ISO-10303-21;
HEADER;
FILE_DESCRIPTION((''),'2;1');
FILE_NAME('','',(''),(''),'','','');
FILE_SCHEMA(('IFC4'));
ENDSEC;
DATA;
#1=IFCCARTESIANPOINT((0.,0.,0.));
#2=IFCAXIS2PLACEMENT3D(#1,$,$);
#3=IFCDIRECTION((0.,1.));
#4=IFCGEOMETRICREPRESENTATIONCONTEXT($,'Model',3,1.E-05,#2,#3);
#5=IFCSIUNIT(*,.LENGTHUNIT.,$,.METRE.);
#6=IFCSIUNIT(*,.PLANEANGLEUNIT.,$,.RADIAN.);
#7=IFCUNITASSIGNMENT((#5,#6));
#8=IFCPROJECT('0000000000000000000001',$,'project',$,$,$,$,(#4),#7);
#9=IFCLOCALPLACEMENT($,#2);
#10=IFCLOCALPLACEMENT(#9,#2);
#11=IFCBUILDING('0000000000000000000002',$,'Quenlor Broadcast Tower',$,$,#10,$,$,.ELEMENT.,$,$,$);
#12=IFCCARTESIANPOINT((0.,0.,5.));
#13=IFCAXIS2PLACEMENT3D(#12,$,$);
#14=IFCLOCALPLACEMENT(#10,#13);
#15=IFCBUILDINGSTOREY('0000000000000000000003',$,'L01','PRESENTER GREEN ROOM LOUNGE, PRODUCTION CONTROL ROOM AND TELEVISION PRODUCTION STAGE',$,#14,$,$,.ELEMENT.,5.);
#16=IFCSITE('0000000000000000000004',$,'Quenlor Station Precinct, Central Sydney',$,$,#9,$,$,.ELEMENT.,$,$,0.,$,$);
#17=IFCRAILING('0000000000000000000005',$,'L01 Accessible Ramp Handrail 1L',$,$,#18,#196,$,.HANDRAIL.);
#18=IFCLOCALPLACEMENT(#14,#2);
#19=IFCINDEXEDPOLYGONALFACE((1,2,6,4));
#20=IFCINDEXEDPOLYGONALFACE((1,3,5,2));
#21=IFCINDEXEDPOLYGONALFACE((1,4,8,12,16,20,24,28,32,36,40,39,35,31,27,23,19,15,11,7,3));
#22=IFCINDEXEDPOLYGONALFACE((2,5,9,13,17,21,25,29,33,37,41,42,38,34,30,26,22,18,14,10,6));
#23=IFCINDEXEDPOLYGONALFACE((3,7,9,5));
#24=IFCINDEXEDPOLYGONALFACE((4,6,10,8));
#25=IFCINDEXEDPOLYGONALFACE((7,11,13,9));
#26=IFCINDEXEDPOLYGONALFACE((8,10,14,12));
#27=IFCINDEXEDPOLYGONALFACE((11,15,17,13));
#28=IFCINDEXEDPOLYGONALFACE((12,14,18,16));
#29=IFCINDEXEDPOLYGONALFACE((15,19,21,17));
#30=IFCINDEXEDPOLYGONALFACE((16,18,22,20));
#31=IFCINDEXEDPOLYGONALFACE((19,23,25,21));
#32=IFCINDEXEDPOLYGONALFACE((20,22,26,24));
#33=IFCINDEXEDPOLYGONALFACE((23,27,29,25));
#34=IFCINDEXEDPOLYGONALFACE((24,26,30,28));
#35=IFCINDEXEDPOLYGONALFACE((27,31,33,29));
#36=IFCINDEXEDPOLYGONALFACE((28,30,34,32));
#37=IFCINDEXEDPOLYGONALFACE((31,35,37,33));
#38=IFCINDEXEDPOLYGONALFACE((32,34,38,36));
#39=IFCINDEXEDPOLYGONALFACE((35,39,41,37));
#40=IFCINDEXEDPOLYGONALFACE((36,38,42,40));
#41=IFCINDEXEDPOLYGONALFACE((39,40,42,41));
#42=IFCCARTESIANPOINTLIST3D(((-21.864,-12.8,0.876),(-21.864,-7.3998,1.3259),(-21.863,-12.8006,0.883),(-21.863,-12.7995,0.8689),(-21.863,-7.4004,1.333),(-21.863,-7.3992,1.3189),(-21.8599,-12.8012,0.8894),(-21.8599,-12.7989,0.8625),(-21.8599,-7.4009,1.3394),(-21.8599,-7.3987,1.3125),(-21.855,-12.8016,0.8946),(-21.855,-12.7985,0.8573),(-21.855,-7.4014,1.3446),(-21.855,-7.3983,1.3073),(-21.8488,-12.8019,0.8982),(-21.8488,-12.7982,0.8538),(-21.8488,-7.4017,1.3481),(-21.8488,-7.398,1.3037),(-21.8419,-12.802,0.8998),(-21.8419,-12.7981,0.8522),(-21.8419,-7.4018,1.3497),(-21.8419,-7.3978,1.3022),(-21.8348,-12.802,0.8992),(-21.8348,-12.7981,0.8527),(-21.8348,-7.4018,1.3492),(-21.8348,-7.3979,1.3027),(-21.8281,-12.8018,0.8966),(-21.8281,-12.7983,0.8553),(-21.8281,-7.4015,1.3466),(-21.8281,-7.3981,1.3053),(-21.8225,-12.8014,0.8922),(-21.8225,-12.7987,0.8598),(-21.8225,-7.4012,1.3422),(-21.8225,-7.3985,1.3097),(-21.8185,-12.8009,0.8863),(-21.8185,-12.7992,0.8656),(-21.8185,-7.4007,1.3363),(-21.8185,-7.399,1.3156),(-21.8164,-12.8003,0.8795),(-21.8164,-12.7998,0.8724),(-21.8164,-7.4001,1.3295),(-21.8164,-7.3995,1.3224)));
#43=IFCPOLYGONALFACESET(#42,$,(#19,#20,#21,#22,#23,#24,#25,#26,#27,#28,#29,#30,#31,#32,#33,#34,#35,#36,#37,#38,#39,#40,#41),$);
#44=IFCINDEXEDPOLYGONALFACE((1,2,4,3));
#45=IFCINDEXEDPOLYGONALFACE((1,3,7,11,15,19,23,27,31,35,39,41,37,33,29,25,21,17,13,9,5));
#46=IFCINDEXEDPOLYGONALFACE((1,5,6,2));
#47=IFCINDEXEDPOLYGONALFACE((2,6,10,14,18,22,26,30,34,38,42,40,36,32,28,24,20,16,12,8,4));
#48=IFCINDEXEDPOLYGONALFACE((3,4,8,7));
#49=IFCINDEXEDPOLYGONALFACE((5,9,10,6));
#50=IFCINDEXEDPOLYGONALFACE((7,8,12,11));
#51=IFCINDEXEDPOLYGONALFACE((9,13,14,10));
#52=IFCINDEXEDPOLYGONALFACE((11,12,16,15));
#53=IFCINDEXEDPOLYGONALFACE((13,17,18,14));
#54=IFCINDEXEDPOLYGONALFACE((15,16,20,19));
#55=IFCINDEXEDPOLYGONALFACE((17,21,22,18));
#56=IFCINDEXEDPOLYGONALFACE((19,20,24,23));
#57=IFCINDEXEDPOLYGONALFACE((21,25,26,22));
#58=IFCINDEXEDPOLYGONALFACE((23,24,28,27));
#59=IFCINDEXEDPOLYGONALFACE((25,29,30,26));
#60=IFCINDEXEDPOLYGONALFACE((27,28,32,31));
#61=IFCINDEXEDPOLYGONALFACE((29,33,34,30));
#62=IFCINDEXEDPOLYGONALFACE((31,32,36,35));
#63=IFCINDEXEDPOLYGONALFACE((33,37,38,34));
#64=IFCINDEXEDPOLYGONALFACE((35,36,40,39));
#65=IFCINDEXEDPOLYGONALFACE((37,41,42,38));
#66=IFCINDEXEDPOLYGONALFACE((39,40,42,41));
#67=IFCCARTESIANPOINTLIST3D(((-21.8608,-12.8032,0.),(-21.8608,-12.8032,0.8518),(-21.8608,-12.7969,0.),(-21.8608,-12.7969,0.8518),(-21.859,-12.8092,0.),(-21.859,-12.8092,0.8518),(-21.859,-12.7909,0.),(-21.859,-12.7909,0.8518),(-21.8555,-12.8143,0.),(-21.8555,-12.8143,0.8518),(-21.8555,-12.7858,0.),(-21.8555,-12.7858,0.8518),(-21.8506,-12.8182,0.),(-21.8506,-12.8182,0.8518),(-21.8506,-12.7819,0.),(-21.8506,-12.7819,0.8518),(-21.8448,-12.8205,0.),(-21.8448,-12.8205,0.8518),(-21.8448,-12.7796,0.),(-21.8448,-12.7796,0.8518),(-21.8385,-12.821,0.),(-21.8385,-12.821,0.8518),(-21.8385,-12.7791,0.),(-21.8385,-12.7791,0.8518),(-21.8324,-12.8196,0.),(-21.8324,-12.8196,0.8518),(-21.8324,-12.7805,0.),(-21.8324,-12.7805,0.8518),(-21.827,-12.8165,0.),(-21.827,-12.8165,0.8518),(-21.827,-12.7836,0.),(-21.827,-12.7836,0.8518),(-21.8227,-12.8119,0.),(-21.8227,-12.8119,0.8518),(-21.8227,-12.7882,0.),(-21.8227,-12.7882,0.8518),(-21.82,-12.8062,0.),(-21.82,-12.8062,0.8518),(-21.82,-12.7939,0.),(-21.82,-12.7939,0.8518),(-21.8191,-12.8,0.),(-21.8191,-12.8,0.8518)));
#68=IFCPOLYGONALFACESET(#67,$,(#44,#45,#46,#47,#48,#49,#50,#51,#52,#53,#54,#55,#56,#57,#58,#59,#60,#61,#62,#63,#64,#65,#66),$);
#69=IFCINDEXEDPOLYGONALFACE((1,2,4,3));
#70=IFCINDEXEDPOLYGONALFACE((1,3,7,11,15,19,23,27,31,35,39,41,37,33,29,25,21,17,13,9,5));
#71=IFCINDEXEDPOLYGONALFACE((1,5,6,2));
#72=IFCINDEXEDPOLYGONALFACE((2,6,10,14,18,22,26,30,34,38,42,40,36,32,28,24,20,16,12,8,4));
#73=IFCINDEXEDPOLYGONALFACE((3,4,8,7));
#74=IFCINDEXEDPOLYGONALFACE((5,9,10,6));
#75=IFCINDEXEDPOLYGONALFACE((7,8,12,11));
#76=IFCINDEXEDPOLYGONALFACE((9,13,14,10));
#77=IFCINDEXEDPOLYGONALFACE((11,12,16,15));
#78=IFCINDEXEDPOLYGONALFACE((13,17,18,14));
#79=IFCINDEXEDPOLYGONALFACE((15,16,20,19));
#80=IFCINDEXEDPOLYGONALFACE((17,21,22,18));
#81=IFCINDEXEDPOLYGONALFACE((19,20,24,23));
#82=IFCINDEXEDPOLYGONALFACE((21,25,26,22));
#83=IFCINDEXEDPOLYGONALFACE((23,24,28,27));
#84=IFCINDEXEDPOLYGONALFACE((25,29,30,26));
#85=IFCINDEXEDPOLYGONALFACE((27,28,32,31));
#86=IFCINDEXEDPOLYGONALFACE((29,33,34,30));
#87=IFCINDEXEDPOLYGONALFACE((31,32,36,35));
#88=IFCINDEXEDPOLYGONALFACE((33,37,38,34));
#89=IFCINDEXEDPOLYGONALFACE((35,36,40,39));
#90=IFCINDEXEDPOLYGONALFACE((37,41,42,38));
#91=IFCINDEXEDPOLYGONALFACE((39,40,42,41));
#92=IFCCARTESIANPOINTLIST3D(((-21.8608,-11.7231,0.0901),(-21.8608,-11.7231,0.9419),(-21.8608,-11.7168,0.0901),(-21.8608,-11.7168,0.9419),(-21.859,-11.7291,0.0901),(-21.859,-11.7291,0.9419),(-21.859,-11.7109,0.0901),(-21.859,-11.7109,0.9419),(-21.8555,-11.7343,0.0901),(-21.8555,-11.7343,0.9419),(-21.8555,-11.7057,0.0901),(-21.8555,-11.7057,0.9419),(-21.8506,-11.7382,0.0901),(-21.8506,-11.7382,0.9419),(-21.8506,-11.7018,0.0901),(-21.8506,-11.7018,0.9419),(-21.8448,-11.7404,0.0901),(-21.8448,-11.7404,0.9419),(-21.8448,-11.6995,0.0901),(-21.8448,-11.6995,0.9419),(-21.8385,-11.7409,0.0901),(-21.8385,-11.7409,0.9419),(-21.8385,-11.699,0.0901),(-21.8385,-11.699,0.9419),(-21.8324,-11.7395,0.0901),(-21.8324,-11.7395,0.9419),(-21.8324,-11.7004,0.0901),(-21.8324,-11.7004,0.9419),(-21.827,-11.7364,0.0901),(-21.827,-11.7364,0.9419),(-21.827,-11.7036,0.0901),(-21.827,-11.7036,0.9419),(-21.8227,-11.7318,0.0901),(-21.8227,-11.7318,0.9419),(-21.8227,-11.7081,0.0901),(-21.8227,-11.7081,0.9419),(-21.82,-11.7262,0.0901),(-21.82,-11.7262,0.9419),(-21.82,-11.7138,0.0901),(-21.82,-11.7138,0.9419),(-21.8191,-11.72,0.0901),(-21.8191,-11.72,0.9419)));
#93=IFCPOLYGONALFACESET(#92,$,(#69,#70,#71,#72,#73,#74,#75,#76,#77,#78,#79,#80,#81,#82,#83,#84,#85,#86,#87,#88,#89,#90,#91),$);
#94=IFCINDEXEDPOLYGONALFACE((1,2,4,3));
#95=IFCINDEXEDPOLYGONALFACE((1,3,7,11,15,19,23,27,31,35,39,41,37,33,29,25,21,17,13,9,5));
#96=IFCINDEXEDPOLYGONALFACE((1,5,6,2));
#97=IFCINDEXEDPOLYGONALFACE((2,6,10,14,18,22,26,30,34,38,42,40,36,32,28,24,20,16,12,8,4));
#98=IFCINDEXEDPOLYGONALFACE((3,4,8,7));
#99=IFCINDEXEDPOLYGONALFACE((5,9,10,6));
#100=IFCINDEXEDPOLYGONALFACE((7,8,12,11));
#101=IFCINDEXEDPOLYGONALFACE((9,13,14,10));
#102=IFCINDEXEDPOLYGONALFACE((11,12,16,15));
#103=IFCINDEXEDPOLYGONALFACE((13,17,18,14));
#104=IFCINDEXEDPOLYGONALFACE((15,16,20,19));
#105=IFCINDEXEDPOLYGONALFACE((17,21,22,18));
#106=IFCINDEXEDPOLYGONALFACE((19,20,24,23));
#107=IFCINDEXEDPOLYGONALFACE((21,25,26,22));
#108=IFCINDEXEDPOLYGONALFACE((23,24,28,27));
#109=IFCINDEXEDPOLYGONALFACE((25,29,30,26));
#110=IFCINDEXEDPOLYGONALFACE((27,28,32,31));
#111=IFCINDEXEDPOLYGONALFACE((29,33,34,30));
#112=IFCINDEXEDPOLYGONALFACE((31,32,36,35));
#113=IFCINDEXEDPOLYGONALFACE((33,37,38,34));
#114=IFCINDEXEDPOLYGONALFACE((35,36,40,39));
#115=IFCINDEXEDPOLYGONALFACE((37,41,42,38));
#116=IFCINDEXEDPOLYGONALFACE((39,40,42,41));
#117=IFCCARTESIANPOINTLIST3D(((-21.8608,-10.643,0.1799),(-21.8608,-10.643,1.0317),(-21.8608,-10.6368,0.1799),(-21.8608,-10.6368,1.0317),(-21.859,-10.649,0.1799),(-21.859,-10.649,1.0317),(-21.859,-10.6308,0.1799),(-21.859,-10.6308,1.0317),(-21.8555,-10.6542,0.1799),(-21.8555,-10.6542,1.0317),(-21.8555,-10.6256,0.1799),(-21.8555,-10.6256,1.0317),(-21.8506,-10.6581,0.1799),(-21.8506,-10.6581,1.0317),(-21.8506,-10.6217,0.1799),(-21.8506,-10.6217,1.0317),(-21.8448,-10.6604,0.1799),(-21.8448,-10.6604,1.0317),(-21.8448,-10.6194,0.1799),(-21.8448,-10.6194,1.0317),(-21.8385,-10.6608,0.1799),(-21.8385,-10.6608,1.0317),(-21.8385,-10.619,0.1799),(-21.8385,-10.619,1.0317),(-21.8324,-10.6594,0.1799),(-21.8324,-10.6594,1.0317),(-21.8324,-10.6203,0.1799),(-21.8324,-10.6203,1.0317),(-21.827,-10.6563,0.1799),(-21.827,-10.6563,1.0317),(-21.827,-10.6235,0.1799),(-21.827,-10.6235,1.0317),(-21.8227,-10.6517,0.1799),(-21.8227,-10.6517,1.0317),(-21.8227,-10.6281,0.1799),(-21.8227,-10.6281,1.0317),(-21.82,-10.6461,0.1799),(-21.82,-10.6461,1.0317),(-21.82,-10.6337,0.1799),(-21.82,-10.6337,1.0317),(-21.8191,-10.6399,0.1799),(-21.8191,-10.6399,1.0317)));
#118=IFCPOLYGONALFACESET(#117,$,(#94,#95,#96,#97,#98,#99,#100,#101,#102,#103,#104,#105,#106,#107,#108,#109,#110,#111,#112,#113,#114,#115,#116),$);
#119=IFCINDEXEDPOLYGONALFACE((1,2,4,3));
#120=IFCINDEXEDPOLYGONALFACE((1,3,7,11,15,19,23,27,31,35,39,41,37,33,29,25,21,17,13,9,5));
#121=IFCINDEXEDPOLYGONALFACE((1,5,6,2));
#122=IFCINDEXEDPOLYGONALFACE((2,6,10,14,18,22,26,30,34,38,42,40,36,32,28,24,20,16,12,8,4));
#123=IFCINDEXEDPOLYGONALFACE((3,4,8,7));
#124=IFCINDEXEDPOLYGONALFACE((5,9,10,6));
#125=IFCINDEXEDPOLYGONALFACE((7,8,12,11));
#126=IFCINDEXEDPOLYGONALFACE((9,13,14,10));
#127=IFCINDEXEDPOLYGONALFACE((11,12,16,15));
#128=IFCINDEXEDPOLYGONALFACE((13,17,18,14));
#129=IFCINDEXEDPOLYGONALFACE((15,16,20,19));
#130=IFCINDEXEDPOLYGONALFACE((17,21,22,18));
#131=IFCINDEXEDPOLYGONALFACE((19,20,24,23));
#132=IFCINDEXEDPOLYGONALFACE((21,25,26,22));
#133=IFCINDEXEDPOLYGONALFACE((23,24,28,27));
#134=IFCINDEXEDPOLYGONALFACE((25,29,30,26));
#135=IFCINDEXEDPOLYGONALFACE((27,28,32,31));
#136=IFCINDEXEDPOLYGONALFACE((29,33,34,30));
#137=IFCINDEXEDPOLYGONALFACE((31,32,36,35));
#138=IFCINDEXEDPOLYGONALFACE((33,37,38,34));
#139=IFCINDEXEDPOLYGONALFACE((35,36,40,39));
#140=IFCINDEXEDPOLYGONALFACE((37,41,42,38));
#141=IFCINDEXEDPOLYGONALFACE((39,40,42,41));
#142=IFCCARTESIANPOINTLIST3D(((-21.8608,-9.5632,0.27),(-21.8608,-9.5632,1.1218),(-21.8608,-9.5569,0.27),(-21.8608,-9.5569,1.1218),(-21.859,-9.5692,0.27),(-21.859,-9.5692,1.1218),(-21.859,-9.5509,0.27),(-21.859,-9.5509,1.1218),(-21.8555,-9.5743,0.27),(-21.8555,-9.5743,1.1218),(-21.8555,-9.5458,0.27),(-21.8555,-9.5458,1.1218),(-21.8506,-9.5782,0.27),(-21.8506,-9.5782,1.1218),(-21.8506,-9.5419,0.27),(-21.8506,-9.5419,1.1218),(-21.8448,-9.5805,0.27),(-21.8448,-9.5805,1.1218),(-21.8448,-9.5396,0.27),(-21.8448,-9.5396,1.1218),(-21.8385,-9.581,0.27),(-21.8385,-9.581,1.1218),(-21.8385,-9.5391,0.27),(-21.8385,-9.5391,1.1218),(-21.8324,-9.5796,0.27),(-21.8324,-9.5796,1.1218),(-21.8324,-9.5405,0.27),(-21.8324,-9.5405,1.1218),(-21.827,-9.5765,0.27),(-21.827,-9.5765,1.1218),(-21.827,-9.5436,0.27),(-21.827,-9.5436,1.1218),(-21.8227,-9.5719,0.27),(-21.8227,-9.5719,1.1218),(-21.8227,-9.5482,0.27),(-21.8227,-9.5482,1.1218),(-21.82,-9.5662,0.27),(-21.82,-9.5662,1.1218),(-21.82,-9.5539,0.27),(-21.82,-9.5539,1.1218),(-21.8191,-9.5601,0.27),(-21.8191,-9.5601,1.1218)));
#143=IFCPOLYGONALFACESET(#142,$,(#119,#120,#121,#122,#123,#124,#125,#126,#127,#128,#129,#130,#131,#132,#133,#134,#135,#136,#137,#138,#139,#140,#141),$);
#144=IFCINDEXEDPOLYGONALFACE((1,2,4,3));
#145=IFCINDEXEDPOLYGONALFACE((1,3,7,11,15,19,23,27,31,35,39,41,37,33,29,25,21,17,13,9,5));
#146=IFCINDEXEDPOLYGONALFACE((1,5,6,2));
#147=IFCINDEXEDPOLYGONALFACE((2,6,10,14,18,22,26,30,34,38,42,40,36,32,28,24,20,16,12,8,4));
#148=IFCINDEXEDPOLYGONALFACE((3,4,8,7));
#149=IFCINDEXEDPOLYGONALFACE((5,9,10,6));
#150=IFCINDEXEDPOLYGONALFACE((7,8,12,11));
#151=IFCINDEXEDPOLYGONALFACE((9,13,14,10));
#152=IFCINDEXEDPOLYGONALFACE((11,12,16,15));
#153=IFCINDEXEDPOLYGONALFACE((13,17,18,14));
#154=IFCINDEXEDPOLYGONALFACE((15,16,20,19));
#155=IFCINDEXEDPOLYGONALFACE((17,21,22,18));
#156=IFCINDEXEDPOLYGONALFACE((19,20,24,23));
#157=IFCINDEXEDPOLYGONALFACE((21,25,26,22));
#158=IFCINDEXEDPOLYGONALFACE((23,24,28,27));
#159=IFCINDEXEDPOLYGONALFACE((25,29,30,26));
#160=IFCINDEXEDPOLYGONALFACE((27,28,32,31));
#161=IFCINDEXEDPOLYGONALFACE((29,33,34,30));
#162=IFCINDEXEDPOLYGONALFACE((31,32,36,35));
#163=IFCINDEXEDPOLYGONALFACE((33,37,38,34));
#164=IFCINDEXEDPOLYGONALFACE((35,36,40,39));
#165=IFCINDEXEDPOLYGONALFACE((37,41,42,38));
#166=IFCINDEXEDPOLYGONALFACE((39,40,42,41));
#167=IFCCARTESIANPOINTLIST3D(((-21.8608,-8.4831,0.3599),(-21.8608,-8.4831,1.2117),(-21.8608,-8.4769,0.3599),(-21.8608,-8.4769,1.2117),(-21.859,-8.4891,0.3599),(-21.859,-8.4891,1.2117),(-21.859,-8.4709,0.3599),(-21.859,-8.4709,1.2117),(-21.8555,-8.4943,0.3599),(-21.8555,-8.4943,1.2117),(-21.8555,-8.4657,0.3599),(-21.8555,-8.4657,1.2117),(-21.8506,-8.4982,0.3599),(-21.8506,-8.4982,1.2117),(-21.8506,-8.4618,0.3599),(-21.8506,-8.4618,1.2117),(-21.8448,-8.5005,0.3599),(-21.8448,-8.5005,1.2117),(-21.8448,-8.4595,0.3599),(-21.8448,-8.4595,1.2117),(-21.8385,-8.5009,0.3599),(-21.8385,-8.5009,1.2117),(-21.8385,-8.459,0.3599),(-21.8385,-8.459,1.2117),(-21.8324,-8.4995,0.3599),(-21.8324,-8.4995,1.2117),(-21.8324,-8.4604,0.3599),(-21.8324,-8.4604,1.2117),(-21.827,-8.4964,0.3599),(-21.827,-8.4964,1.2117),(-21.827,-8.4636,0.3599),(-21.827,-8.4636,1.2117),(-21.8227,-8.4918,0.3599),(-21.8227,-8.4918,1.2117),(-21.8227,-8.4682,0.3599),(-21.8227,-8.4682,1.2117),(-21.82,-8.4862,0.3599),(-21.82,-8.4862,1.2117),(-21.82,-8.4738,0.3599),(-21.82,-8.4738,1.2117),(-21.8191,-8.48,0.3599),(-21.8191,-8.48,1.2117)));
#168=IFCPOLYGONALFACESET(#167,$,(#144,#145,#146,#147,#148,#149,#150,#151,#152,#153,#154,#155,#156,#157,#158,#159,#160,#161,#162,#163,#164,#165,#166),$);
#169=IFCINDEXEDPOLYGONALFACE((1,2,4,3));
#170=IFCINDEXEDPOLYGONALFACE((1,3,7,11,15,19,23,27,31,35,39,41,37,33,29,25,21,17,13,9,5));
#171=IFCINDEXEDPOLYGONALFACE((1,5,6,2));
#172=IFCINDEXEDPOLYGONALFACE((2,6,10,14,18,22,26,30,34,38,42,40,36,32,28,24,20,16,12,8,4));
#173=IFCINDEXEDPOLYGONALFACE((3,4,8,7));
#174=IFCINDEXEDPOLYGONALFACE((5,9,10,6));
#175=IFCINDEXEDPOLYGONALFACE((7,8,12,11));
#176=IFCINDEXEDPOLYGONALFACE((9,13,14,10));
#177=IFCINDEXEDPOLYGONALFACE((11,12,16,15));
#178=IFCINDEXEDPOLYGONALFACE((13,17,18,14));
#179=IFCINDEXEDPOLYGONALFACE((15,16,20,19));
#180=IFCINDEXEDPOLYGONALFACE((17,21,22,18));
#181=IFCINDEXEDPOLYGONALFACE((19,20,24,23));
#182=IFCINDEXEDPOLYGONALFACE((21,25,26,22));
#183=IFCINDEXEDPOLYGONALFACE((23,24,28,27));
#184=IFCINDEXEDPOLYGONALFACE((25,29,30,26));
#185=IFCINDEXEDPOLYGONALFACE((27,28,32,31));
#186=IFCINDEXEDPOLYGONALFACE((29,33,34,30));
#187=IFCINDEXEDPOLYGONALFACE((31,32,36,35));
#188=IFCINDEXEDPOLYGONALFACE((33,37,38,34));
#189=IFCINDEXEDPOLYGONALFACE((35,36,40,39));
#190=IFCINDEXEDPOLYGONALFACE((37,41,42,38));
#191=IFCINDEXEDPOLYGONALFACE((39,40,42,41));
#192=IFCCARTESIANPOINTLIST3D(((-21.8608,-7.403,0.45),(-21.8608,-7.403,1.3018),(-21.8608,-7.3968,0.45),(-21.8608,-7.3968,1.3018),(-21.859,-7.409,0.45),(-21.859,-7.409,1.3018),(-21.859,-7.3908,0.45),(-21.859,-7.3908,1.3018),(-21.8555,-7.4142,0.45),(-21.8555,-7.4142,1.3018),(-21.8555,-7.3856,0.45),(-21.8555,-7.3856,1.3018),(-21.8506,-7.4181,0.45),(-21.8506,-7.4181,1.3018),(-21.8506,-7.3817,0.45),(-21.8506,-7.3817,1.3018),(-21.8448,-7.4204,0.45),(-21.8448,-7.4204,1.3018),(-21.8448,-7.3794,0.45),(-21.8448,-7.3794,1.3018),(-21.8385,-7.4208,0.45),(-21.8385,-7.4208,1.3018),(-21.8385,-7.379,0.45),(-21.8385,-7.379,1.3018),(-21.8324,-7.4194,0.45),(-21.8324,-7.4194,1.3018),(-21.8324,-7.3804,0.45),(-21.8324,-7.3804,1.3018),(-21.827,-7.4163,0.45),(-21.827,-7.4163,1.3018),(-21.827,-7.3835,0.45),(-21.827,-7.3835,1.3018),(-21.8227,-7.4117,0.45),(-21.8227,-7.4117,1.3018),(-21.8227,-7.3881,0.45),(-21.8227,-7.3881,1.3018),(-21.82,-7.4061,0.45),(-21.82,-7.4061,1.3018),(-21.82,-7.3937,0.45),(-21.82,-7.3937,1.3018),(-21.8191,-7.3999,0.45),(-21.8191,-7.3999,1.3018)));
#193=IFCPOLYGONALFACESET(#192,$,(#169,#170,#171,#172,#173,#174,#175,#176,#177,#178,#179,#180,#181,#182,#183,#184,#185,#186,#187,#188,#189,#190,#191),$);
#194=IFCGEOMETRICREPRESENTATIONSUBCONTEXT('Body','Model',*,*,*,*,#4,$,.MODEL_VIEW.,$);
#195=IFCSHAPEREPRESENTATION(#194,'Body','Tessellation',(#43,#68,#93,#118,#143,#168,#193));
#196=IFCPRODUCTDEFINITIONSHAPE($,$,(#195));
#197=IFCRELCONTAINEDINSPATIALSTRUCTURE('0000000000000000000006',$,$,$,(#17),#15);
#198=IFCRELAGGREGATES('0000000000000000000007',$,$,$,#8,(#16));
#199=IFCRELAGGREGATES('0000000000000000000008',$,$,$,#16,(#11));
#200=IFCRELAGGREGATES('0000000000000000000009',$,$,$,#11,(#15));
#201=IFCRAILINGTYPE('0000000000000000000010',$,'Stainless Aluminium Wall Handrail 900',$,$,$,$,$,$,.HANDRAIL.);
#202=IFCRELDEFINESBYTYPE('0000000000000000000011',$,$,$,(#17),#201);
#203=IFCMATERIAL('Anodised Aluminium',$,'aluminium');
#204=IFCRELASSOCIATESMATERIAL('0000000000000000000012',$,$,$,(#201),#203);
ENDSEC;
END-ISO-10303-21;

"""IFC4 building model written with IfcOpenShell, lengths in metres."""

from ifc_helpers import new_model, si_unit, direction, frame, origin, origin_2d, place, context, subcontext, project, spatial, circle, extrude, material, type_object, element, save


model = new_model("IFC4")

# Units and contexts
model_context = context("Model", 3, precision=1e-05, world=origin(), true_north=direction((0.0, 1.0)))
body_context = subcontext(model_context, "Body", "Model", "MODEL_VIEW")
ifc_project = project(units=[si_unit("LENGTHUNIT", "METRE"), si_unit("PLANEANGLEUNIT", "RADIAN")], contexts=[model_context])

# Site, building, storey
site_placement = place(None, origin())
site = spatial("IfcSite", under=ifc_project, at=site_placement, Name="Quenlor Station Precinct, Central Sydney", CompositionType="ELEMENT", RefElevation=0.0)
building_placement = place(site_placement, origin())
building = spatial("IfcBuilding", under=site, at=building_placement, Name="Quenlor Broadcast Tower", CompositionType="ELEMENT")
storey_placement = place(building_placement, frame((0.0, 0.0, 5.0)))
storey = spatial("IfcBuildingStorey", under=building, at=storey_placement, Name="L01", Description="PRESENTER GREEN ROOM LOUNGE, PRODUCTION CONTROL ROOM AND TELEVISION PRODUCTION STAGE", CompositionType="ELEMENT", Elevation=5.0)

# Railing
ifc_material_1 = material(Name="Anodised Aluminium", Category="aluminium")
railing_type_1 = type_object("IfcRailingType", Name="Stainless Aluminium Wall Handrail 900", PredefinedType="HANDRAIL", material=ifc_material_1)
for number, where, name in (
    (1, (-21.8401, -12.8, 0.0), "L01 Accessible Ramp Handrail 1L"),
):
    element("IfcRailing", number, at=place(storey_placement, frame(where)), inside=storey, type_object=railing_type_1, Name=name, PredefinedType="HANDRAIL", context=body_context, shape_type="SweptSolid", body=[
        extrude(circle(Radius=0.0239, at=origin_2d()), frame((0.0, 0.0, 0.876), z_axis=(0.0, 0.996547, 0.083034), x_axis=(-1.0, 0.0, 0.0)), (0.0, 0.0, 1.0), 5.4189),
        extrude(circle(Radius=0.021, at=origin_2d()), origin(), (0.0, 0.0, 1.0), 0.8518),
        extrude(circle(Radius=0.021, at=origin_2d()), frame((0.0, 1.0801, 0.0901)), (0.0, 0.0, 1.0), 0.8518),
        extrude(circle(Radius=0.021, at=origin_2d()), frame((0.0, 2.1602, 0.1799)), (0.0, 0.0, 1.0), 0.8518),
        extrude(circle(Radius=0.021, at=origin_2d()), frame((0.0, 3.24, 0.27)), (0.0, 0.0, 1.0), 0.8518),
        extrude(circle(Radius=0.021, at=origin_2d()), frame((0.0, 4.3201, 0.3599)), (0.0, 0.0, 1.0), 0.8518),
        extrude(circle(Radius=0.021, at=origin_2d()), frame((0.0, 5.4001, 0.45)), (0.0, 0.0, 1.0), 0.8518),
    ])

save(model, "model.ifc")
